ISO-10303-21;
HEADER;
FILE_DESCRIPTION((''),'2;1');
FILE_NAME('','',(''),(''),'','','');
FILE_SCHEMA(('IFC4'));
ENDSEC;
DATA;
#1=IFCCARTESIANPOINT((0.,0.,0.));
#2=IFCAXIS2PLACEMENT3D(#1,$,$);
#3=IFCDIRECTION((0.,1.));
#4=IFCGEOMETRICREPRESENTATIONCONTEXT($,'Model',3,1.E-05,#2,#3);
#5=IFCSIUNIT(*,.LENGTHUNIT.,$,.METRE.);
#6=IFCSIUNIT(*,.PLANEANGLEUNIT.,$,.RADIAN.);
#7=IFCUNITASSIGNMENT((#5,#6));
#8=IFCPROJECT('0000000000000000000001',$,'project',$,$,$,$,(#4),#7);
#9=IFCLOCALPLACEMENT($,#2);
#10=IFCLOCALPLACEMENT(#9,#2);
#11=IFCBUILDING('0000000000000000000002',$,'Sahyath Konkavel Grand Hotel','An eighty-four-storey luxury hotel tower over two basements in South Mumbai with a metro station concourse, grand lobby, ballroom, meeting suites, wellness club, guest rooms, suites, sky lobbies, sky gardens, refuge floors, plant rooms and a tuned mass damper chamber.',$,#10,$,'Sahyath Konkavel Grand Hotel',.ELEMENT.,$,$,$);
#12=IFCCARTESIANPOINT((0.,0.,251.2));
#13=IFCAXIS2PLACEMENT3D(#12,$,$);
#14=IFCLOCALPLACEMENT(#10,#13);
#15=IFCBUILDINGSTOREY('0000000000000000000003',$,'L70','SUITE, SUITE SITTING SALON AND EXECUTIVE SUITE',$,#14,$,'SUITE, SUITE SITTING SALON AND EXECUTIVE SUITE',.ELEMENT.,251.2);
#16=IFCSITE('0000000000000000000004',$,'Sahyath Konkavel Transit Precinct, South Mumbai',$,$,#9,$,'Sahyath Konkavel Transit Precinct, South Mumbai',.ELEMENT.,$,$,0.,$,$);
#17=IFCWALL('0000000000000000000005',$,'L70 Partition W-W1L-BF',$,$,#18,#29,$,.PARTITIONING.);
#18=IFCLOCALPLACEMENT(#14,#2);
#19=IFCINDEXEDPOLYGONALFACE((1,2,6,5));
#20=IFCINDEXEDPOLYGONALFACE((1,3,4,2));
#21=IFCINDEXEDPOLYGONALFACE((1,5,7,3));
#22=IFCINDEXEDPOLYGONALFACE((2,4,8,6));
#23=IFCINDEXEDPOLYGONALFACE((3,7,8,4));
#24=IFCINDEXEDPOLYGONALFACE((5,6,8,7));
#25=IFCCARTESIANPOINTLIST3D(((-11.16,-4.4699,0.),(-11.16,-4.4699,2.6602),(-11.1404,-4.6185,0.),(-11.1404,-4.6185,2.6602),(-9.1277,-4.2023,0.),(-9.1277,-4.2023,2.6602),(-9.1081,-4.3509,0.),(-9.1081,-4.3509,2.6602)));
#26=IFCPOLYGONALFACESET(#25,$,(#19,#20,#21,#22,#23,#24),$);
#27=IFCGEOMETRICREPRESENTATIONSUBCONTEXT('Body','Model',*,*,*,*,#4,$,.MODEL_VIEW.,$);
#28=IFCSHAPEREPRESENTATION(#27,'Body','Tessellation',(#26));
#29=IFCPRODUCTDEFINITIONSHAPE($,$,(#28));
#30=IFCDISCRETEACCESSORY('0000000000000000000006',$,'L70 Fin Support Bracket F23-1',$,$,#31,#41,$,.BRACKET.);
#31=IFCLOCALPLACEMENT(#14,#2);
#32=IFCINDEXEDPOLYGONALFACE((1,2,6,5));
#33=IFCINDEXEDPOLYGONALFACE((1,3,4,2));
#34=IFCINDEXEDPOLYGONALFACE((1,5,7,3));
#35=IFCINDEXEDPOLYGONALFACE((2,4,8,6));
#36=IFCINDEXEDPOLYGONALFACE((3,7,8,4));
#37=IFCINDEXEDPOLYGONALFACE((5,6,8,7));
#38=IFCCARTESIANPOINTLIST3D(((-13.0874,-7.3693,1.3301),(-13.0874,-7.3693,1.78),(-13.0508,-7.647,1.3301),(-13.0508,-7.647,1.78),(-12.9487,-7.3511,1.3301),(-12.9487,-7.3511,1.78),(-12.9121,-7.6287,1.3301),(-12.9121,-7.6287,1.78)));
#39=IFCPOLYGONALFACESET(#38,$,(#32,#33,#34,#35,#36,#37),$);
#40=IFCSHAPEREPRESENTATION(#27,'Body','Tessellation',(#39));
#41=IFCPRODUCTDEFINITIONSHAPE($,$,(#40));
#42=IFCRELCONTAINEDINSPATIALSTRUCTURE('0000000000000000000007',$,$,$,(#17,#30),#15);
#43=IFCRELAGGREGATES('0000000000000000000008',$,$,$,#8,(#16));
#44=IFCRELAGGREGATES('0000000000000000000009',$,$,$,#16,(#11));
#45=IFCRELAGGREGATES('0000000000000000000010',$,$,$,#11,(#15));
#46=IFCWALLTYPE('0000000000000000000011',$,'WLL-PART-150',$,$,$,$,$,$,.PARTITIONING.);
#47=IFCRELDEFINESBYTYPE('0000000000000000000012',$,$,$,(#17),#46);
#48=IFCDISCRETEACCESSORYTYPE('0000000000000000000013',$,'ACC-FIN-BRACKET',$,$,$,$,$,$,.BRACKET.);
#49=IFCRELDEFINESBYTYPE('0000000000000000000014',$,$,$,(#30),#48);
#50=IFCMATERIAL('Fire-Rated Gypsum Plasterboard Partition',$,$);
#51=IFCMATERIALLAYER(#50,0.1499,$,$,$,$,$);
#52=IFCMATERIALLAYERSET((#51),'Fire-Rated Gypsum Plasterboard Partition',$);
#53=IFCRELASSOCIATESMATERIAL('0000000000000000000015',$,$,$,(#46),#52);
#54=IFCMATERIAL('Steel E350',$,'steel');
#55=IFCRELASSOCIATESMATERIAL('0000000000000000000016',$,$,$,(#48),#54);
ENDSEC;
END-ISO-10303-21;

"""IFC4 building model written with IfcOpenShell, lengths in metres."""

from ifc_helpers import new_model, si_unit, direction, frame, frame_2d, origin, origin_2d, place, context, subcontext, project, spatial, rectangle, extrude, source, transform, mapped, material, layer, layer_set, type_object, element, save


model = new_model("IFC4")

# Units and contexts
model_context = context("Model", 3, precision=1e-05, world=origin(), true_north=direction((0.0, 1.0)))
body_context = subcontext(model_context, "Body", "Model", "MODEL_VIEW")
ifc_project = project(units=[si_unit("LENGTHUNIT", "METRE"), si_unit("PLANEANGLEUNIT", "RADIAN")], contexts=[model_context])

# Site, building, storey
site_placement = place(None, origin())
site = spatial("IfcSite", under=ifc_project, at=site_placement, Name="Sahyath Konkavel Transit Precinct, South Mumbai", LongName="Sahyath Konkavel Transit Precinct, South Mumbai", CompositionType="ELEMENT", RefElevation=0.0)
building_placement = place(site_placement, origin())
building = spatial("IfcBuilding", under=site, at=building_placement, Name="Sahyath Konkavel Grand Hotel", Description="An eighty-four-storey luxury hotel tower over two basements in South Mumbai with a metro station concourse, grand lobby, ballroom, meeting suites, wellness club, guest rooms, suites, sky lobbies, sky gardens, refuge floors, plant rooms and a tuned mass damper chamber.", LongName="Sahyath Konkavel Grand Hotel", CompositionType="ELEMENT")
storey_placement = place(building_placement, frame((0.0, 0.0, 251.2)))
storey = spatial("IfcBuildingStorey", under=building, at=storey_placement, Name="L70", Description="SUITE, SUITE SITTING SALON AND EXECUTIVE SUITE", LongName="SUITE, SUITE SITTING SALON AND EXECUTIVE SUITE", CompositionType="ELEMENT", Elevation=251.2)

# Shared definitions
ifc_material_1 = material(Name="Steel E350", Category="steel")

# Shared definitions
ifc_material_2 = material(Name="Fire-Rated Gypsum Plasterboard Partition")
ifc_layer_1 = layer(ifc_material_2, 0.1499)
ifc_layer_set_1 = layer_set([ifc_layer_1], Name="Fire-Rated Gypsum Plasterboard Partition")
wall_type_1 = type_object("IfcWallType", Name="WLL-PART-150", PredefinedType="PARTITIONING", material=ifc_layer_set_1)

# Wall
wall_1_placement = place(storey_placement, frame((-9.1179, -4.2766, 0.0), z_axis=(0.0, 0.0, 1.0), x_axis=(-0.991443, -0.130541, 0.0)))
element("IfcWall", 1, at=wall_1_placement, inside=storey, type_object=wall_type_1, Name="L70 Partition W-W1L-BF", PredefinedType="PARTITIONING", context=body_context, shape_type="SweptSolid", body=[
    extrude(rectangle(XDim=2.0498, YDim=0.1499, at=frame_2d((1.0249, 0.0))), origin(), (0.0, 0.0, 1.0), 2.6602),
])

# Discrete accessory
discrete_accessory_type = type_object("IfcDiscreteAccessoryType", Name="ACC-FIN-BRACKET", PredefinedType="BRACKET", material=ifc_material_1)
shared_shape_1 = source(origin(), body_context, "Body", "SweptSolid", [
    extrude(rectangle(XDim=0.28, YDim=0.1399, at=origin_2d()), origin(), (0.0, 0.0, 1.0), 0.45),
])
discrete_accessory_placement = place(storey_placement, frame((-12.9998, -7.499, 1.3301), z_axis=(0.0, 0.0, 1.0), x_axis=(0.130526, -0.991445, 0.0)))
element("IfcDiscreteAccessory", 2, at=discrete_accessory_placement, inside=storey, type_object=discrete_accessory_type, Name="L70 Fin Support Bracket F23-1", PredefinedType="BRACKET", context=body_context, shape_type="MappedRepresentation", body=[
    mapped(shared_shape_1, transform((0.0, 0.0, 0.0), scale=1.0)),
])

save(model, "model.ifc")
